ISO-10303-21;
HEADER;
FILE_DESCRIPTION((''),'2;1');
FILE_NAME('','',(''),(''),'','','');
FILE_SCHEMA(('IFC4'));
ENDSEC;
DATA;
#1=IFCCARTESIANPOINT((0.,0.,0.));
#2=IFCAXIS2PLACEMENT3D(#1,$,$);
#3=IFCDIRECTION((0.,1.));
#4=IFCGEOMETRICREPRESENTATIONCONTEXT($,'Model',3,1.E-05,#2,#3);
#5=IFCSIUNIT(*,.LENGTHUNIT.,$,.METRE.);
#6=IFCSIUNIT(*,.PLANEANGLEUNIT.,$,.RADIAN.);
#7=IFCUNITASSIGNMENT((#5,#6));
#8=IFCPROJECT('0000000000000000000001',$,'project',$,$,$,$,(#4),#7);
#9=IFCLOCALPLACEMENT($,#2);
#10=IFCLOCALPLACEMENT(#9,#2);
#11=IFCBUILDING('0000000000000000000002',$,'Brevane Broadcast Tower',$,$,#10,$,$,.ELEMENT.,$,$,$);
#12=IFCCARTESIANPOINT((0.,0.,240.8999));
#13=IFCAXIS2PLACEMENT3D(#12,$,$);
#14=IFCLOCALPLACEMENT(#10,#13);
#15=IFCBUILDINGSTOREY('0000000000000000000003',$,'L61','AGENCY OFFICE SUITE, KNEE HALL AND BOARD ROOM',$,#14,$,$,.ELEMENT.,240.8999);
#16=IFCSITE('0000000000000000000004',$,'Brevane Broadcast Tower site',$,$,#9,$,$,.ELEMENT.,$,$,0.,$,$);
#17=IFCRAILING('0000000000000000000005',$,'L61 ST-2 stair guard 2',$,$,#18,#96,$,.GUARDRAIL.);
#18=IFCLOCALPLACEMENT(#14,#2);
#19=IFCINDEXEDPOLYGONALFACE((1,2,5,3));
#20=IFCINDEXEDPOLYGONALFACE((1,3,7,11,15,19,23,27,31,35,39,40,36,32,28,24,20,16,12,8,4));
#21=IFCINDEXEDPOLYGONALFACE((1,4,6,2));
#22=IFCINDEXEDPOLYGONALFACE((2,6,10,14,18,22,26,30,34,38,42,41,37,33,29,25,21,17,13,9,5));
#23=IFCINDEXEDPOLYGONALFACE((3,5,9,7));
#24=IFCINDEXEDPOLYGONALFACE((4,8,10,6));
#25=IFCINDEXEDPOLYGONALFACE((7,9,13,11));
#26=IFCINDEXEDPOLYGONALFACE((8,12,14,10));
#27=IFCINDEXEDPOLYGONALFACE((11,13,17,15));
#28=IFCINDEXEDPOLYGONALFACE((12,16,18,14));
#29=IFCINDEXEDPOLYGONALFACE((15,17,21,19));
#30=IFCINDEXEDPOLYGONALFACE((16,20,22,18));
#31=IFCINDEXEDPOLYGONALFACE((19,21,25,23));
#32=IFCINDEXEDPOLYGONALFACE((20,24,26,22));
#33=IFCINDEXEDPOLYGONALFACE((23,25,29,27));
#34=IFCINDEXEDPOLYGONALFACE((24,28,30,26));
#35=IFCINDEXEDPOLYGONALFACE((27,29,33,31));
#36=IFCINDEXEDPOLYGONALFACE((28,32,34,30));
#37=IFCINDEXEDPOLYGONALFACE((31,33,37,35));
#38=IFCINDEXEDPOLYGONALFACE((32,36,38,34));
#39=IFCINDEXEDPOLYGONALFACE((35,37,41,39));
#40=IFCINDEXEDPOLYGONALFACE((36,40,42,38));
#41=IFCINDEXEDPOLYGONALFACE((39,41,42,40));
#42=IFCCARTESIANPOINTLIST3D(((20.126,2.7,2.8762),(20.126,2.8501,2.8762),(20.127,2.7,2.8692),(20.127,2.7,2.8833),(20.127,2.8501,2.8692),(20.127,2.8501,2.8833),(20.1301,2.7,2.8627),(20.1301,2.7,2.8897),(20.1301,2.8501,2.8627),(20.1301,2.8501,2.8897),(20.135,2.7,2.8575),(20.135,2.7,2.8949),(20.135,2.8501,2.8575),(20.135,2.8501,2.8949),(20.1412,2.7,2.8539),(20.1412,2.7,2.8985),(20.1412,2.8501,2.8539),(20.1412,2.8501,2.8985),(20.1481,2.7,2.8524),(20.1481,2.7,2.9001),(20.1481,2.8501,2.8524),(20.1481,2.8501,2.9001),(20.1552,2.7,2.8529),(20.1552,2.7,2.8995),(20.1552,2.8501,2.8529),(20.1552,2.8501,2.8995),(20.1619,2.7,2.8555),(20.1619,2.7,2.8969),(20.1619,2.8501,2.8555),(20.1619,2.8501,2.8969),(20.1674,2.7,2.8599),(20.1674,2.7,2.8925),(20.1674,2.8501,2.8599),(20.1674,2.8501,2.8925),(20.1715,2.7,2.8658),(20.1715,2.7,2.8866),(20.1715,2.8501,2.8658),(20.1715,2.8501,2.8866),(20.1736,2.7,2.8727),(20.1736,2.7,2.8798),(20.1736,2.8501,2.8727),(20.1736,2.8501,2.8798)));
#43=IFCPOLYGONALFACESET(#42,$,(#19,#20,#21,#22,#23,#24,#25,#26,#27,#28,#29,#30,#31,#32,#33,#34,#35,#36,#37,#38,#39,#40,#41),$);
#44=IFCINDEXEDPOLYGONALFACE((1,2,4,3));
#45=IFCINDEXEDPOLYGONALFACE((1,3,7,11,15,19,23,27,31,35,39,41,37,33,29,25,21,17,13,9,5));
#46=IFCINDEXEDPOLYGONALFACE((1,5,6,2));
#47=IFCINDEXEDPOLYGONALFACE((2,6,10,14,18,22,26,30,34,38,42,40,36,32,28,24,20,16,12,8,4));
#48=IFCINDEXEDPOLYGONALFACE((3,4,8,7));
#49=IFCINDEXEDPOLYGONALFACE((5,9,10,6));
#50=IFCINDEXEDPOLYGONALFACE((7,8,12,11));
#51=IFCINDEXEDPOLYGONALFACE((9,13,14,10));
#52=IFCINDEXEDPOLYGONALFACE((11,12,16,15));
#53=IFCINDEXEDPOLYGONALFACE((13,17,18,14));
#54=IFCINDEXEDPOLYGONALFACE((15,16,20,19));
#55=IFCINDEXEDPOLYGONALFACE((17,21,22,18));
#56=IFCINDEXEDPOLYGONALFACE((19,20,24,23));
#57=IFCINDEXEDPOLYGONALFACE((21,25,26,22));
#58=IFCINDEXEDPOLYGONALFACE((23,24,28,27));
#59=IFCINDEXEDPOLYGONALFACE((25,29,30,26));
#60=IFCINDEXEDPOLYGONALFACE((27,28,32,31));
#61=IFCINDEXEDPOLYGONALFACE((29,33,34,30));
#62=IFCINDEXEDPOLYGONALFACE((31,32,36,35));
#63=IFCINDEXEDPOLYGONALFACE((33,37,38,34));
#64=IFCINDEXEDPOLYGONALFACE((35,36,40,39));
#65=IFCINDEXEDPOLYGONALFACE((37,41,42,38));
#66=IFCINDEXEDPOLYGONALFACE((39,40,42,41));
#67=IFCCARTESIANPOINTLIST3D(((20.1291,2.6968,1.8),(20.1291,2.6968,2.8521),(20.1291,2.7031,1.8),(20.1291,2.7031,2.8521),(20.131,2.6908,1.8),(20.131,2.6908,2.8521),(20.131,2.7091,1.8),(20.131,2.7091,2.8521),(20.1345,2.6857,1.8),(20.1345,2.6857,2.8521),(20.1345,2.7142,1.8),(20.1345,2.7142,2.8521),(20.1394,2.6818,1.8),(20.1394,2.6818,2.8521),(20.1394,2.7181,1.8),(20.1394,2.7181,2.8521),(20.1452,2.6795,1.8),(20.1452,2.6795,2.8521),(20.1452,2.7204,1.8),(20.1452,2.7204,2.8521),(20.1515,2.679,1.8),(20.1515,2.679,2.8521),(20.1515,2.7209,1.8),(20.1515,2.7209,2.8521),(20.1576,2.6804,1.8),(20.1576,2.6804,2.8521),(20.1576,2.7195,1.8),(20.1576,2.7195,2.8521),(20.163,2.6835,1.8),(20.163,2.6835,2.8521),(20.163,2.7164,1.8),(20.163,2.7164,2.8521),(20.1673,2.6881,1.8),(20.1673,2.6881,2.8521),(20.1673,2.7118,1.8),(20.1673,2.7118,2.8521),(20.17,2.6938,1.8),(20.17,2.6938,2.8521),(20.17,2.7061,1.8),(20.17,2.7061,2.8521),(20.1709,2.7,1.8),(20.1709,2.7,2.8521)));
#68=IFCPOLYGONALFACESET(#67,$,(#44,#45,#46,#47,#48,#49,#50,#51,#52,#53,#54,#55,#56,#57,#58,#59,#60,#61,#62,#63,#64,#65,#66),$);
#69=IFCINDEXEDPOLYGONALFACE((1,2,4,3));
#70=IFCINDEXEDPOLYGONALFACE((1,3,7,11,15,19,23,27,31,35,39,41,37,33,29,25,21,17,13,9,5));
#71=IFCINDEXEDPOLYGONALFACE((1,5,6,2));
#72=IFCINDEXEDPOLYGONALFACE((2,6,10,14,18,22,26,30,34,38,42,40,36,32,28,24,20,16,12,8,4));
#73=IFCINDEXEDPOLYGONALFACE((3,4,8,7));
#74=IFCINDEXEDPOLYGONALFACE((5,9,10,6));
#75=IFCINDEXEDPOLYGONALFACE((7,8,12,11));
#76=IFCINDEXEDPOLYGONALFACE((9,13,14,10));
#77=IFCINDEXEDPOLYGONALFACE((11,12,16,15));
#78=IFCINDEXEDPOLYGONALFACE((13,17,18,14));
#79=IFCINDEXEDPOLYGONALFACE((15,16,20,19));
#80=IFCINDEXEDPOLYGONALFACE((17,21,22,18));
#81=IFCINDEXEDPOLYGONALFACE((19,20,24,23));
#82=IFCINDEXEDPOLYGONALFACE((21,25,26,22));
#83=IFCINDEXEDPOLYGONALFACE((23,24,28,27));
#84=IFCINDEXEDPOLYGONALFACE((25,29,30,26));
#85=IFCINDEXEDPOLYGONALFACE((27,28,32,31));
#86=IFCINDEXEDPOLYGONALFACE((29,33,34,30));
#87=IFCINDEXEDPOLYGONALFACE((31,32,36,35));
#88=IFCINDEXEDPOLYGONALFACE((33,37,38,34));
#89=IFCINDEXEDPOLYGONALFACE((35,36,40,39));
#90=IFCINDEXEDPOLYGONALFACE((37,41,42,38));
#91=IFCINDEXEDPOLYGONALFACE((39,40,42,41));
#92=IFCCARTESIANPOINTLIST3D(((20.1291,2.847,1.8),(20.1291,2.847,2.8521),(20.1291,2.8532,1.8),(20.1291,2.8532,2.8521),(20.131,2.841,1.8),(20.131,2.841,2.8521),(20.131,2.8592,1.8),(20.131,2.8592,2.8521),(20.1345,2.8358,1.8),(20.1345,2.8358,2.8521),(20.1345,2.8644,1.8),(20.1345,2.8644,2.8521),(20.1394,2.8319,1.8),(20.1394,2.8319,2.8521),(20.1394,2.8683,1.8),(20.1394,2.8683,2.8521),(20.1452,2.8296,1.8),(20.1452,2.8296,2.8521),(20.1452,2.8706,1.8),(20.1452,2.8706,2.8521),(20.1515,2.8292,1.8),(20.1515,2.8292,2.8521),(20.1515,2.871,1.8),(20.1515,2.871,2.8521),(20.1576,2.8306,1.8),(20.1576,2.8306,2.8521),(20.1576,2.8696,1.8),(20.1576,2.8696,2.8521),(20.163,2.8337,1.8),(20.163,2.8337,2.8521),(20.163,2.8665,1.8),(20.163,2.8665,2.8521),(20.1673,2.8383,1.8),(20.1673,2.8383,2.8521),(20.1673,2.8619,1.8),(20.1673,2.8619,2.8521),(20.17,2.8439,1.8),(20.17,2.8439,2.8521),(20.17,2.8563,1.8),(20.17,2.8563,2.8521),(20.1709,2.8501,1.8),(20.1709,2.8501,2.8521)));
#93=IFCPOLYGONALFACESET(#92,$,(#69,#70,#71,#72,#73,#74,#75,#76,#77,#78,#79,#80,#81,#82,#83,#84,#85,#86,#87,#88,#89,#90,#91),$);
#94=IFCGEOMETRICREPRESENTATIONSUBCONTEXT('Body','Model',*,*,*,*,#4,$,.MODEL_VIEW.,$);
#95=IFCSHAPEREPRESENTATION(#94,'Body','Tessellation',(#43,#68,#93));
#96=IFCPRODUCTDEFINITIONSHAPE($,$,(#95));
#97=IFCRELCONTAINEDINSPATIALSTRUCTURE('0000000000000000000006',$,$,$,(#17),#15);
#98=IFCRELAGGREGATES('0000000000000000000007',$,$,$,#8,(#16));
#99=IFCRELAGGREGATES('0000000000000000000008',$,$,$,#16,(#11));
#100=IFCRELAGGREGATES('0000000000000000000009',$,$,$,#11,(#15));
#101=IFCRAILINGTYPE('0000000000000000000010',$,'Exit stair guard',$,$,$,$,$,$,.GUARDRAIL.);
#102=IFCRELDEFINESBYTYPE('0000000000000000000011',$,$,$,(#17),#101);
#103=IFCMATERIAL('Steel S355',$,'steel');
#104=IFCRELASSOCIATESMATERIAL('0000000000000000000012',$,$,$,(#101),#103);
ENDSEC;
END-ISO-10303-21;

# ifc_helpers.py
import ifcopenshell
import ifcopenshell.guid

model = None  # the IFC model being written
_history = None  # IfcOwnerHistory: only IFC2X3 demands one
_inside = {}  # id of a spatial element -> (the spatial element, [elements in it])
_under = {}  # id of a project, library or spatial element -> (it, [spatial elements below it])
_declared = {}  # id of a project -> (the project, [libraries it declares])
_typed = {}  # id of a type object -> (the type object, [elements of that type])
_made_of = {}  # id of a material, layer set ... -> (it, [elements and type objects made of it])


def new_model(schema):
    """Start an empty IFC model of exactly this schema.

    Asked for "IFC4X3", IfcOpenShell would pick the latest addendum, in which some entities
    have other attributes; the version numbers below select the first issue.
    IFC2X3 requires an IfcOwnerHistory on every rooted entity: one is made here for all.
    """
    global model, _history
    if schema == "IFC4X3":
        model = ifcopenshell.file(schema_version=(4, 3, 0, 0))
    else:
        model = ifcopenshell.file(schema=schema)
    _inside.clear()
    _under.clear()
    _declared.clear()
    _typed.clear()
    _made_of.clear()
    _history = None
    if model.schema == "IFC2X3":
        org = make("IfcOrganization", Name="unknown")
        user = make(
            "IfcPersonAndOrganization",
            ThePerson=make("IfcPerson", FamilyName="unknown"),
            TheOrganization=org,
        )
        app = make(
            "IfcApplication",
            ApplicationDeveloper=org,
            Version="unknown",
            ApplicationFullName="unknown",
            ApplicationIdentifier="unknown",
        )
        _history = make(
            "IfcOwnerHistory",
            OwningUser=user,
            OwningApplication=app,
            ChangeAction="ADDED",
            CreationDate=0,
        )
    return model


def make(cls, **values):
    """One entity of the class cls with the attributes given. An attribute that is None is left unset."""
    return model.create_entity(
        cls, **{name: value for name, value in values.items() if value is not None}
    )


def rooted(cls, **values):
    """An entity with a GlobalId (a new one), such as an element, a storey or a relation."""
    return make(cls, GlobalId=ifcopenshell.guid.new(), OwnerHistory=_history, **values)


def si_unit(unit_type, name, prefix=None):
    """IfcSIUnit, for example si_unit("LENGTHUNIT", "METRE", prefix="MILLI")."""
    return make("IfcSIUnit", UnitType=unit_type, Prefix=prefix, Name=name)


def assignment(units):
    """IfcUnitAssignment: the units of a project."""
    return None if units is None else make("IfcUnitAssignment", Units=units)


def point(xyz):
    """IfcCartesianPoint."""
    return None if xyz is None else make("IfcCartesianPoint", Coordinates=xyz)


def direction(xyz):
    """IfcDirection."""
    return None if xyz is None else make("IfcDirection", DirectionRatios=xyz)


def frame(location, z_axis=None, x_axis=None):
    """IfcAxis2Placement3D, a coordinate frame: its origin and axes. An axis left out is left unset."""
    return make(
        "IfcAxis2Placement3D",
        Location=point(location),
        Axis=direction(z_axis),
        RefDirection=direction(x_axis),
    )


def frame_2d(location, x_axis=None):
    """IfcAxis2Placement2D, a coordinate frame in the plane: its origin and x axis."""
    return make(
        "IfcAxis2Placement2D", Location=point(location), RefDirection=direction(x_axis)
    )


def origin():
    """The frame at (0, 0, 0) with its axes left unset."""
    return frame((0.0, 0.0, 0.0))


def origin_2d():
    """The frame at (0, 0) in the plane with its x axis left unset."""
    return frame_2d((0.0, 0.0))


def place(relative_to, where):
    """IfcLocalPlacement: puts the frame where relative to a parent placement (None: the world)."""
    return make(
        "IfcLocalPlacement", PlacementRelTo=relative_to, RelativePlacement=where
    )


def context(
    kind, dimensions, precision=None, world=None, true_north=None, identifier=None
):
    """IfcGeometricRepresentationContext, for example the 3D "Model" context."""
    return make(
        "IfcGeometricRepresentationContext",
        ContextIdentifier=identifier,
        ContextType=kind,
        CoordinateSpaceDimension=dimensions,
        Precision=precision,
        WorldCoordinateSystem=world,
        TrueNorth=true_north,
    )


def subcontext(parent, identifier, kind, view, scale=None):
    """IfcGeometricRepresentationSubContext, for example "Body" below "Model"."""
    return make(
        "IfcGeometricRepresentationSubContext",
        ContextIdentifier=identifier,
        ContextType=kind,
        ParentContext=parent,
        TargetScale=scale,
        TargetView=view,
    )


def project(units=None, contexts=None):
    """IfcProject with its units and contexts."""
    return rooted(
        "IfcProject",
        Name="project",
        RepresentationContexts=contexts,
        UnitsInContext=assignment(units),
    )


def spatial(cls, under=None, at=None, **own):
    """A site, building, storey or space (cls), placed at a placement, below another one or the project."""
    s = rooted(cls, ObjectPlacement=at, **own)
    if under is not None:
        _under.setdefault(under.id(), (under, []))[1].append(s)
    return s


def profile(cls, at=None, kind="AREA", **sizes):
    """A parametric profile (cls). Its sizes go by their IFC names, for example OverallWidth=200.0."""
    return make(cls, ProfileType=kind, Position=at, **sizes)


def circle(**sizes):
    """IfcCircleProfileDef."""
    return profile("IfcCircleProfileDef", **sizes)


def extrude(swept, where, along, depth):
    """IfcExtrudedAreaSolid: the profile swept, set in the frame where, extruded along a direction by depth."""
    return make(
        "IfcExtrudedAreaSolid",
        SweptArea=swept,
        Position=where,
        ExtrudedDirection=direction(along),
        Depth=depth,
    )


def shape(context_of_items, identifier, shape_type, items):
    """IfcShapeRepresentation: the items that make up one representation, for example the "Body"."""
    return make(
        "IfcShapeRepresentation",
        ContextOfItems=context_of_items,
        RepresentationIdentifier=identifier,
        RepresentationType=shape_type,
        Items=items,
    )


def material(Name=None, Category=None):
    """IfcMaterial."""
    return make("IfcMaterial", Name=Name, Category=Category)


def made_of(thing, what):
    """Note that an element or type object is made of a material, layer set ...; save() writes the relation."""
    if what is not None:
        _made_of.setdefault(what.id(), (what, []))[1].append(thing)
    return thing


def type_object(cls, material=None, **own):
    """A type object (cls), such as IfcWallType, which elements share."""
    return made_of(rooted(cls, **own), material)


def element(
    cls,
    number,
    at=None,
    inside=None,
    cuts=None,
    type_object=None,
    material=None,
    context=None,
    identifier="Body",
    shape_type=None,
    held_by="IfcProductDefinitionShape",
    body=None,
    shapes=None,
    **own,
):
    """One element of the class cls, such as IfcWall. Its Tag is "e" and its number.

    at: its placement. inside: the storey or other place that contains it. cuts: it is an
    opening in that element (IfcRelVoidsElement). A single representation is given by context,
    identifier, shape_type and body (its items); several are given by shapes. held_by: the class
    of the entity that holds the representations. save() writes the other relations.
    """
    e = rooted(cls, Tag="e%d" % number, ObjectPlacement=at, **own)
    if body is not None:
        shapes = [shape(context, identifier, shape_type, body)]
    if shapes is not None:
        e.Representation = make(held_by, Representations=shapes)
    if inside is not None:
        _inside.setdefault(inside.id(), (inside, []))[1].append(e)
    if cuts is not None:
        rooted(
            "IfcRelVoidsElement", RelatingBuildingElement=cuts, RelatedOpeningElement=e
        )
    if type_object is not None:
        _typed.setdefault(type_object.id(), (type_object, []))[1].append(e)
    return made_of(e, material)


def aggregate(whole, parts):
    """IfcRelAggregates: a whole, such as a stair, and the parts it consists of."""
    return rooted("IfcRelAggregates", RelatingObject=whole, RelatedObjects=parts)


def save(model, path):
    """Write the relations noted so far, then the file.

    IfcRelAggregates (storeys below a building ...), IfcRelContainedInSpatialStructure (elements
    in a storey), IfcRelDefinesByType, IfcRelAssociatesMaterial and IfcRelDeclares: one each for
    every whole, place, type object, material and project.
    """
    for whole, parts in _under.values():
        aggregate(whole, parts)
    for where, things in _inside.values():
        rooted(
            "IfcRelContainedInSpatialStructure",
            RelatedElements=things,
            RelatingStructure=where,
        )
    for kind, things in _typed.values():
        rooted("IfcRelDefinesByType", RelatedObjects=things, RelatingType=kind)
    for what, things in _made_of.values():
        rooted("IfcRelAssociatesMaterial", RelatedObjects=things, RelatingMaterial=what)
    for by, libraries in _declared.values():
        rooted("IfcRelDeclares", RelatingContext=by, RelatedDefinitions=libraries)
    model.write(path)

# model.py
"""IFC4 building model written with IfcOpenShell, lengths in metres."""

from ifc_helpers import new_model, si_unit, direction, frame, origin, origin_2d, place, context, subcontext, project, spatial, circle, extrude, material, type_object, element, save


model = new_model("IFC4")

# Units and contexts
model_context = context("Model", 3, precision=1e-05, world=origin(), true_north=direction((0.0, 1.0)))
body_context = subcontext(model_context, "Body", "Model", "MODEL_VIEW")
ifc_project = project(units=[si_unit("LENGTHUNIT", "METRE"), si_unit("PLANEANGLEUNIT", "RADIAN")], contexts=[model_context])

# Site, building, storey
site_placement = place(None, origin())
site = spatial("IfcSite", under=ifc_project, at=site_placement, Name="Brevane Broadcast Tower site", CompositionType="ELEMENT", RefElevation=0.0)
building_placement = place(site_placement, origin())
building = spatial("IfcBuilding", under=site, at=building_placement, Name="Brevane Broadcast Tower", CompositionType="ELEMENT")
storey_placement = place(building_placement, frame((0.0, 0.0, 240.8999)))
storey = spatial("IfcBuildingStorey", under=building, at=storey_placement, Name="L61", Description="AGENCY OFFICE SUITE, KNEE HALL AND BOARD ROOM", CompositionType="ELEMENT", Elevation=240.8999)

# Railing
ifc_material_1 = material(Name="Steel S355", Category="steel")
railing_type_1 = type_object("IfcRailingType", Name="Exit stair guard", PredefinedType="GUARDRAIL", material=ifc_material_1)
railing_1_placement = place(storey_placement, frame((20.1499, 2.7, 1.8)))
element("IfcRailing", 1, at=railing_1_placement, inside=storey, type_object=railing_type_1, Name="L61 ST-2 stair guard 2", PredefinedType="GUARDRAIL", context=body_context, shape_type="SweptSolid", body=[
    extrude(circle(Radius=0.0239, at=origin_2d()), frame((0.0, 0.0, 1.0762), z_axis=(0.0, 1.0, 0.0), x_axis=(-1.0, 0.0, 0.0)), (0.0, 0.0, 1.0), 0.1501),
    extrude(circle(Radius=0.021, at=origin_2d()), origin(), (0.0, 0.0, 1.0), 1.052),
    extrude(circle(Radius=0.021, at=origin_2d()), frame((0.0, 0.1501, 0.0)), (0.0, 0.0, 1.0), 1.052),
])

save(model, "model.ifc")
